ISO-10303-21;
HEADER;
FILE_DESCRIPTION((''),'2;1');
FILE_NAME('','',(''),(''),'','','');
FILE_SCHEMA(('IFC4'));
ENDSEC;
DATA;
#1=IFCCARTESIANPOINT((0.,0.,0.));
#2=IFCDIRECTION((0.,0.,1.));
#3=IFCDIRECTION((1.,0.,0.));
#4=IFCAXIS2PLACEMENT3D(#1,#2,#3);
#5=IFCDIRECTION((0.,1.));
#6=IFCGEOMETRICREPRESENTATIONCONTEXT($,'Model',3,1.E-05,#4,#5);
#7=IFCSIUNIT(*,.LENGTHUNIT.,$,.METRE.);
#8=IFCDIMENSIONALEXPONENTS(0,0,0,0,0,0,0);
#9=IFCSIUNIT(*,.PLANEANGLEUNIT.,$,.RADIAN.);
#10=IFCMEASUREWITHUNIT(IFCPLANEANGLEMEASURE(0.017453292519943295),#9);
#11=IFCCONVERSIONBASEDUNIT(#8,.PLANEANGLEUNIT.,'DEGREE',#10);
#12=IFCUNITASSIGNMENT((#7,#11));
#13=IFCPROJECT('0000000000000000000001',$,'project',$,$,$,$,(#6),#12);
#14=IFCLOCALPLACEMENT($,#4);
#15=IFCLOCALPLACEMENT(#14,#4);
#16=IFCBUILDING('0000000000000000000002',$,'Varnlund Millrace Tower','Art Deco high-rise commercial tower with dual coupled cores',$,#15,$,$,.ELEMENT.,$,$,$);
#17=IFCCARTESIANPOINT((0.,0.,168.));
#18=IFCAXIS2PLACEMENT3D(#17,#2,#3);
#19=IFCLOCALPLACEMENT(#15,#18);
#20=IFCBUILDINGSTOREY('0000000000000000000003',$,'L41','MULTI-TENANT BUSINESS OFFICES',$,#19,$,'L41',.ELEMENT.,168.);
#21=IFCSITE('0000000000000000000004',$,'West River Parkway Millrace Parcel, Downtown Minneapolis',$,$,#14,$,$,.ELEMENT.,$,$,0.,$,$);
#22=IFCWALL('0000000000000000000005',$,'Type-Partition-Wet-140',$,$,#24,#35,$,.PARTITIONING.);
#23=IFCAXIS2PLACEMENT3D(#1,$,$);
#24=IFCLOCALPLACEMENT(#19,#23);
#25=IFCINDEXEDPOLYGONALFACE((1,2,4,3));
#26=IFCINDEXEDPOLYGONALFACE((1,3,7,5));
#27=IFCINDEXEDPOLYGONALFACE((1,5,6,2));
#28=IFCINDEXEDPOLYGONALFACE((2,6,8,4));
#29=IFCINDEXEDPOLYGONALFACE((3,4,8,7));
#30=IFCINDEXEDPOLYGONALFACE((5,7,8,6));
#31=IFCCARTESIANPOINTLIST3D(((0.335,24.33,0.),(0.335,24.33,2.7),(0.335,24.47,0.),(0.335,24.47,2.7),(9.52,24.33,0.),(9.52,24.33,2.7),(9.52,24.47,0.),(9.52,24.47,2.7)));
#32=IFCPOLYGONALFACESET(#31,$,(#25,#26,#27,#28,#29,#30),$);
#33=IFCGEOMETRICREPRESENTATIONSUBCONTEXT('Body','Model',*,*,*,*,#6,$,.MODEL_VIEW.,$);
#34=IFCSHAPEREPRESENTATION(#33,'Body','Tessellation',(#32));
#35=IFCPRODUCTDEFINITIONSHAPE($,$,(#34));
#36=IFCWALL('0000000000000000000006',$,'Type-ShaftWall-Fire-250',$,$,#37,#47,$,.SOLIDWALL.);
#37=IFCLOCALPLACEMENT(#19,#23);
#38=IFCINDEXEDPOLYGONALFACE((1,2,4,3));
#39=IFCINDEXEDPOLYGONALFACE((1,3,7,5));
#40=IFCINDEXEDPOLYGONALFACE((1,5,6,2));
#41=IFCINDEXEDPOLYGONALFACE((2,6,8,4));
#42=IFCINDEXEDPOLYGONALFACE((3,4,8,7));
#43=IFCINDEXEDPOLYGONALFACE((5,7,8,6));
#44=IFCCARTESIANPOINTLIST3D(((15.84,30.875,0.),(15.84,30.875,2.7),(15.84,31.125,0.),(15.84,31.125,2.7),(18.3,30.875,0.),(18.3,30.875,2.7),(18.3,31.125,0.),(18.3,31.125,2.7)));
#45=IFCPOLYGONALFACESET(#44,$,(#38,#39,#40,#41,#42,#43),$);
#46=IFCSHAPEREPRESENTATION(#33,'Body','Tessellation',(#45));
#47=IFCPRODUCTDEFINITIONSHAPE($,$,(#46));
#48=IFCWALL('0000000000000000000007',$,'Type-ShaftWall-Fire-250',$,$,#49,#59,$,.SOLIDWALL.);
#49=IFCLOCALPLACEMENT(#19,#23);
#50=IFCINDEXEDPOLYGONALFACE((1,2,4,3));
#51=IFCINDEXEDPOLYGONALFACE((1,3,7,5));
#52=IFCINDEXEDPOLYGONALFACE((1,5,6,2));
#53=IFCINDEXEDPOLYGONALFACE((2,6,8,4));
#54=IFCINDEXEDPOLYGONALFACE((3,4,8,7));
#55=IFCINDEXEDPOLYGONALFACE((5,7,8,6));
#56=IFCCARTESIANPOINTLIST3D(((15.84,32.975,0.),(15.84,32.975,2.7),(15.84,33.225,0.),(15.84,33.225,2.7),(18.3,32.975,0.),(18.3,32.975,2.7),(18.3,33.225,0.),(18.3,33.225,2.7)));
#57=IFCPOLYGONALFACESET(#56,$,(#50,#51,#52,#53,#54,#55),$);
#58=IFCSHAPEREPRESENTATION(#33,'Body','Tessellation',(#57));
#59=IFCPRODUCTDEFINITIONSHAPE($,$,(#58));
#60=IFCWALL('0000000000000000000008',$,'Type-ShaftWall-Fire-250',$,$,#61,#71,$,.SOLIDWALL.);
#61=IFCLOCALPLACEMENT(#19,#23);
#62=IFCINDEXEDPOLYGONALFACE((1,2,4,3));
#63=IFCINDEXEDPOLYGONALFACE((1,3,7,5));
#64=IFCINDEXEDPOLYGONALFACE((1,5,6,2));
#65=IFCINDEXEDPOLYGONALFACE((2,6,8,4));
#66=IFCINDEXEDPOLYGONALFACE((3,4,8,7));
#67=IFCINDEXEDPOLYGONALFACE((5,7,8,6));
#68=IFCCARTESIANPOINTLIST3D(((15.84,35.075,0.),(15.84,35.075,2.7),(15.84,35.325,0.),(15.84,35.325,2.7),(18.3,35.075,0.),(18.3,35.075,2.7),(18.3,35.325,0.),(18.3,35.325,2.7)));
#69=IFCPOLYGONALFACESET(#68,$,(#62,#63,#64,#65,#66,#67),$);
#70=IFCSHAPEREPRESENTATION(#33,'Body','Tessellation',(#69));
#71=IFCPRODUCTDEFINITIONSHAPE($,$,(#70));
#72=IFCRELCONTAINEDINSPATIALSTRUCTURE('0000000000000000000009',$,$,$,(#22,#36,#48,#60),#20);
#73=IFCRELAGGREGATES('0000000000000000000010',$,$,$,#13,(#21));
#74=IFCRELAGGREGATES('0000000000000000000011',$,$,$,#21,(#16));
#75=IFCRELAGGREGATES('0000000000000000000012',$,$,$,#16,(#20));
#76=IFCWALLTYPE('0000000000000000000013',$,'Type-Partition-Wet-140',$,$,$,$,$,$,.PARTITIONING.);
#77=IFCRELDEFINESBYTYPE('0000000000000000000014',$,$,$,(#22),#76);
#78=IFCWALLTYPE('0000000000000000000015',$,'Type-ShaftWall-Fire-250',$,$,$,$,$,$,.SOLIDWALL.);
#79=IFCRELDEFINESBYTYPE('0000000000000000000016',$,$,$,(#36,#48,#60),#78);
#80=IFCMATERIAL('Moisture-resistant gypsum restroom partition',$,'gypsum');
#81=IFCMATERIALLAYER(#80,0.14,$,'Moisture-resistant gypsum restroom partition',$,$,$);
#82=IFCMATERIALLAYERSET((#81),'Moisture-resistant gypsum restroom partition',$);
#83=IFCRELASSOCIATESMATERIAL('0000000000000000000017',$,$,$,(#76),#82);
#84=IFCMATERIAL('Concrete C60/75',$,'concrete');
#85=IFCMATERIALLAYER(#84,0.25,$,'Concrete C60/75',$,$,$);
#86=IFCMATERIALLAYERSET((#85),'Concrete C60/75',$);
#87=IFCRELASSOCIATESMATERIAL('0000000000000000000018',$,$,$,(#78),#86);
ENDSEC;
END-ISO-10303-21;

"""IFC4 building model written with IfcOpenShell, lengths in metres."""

from ifc_helpers import new_model, entity, si_unit, converted_unit, direction, frame, origin_with_axes, place, context, subcontext, project, spatial, polyline, outline, extrude, material, layer, layer_set, type_object, element, save


model = new_model("IFC4")

# Units and contexts
model_context = context("Model", 3, precision=1e-05, world=origin_with_axes(), true_north=direction((0.0, 1.0)))
body_context = subcontext(model_context, "Body", "Model", "MODEL_VIEW")
ifc_project = project(units=[si_unit("LENGTHUNIT", "METRE"), converted_unit("PLANEANGLEUNIT", "DEGREE", entity("IfcPlaneAngleMeasure", 0.017453292519943295), si_unit("PLANEANGLEUNIT", "RADIAN"), dimensions=[0, 0, 0, 0, 0, 0, 0])], contexts=[model_context])

# Site, building, storey
site_placement = place(None, origin_with_axes())
site = spatial("IfcSite", under=ifc_project, at=site_placement, Name="West River Parkway Millrace Parcel, Downtown Minneapolis", CompositionType="ELEMENT", RefElevation=0.0)
building_placement = place(site_placement, origin_with_axes())
building = spatial("IfcBuilding", under=site, at=building_placement, Name="Varnlund Millrace Tower", Description="Art Deco high-rise commercial tower with dual coupled cores", CompositionType="ELEMENT")
storey_placement = place(building_placement, frame((0.0, 0.0, 168.0), z_axis=(0.0, 0.0, 1.0), x_axis=(1.0, 0.0, 0.0)))
storey = spatial("IfcBuildingStorey", under=building, at=storey_placement, Name="L41", Description="MULTI-TENANT BUSINESS OFFICES", LongName="L41", CompositionType="ELEMENT", Elevation=168.0)

# Walls
ifc_material_1 = material(Name="Moisture-resistant gypsum restroom partition", Category="gypsum")
ifc_layer_1 = layer(ifc_material_1, 0.14, Name="Moisture-resistant gypsum restroom partition")
ifc_layer_set_1 = layer_set([ifc_layer_1], Name="Moisture-resistant gypsum restroom partition")
wall_type_1 = type_object("IfcWallType", Name="Type-Partition-Wet-140", PredefinedType="PARTITIONING", material=ifc_layer_set_1)
wall_1_placement = place(storey_placement, frame((0.335, 24.4, 0.0), z_axis=(0.0, 0.0, 1.0), x_axis=(1.0, 0.0, 0.0)))
element("IfcWall", 1, at=wall_1_placement, inside=storey, type_object=wall_type_1, Name="Type-Partition-Wet-140", PredefinedType="PARTITIONING", context=body_context, shape_type="SweptSolid", body=[
    extrude(outline(polyline([(0.0, -0.07), (9.185, -0.07), (9.185, 0.07), (0.0, 0.07), (0.0, -0.07)])), origin_with_axes(), (0.0, 0.0, 1.0), 2.7),
])
ifc_material_2 = material(Name="Concrete C60/75", Category="concrete")
ifc_layer_2 = layer(ifc_material_2, 0.25, Name="Concrete C60/75")
ifc_layer_set_2 = layer_set([ifc_layer_2], Name="Concrete C60/75")
wall_type_2 = type_object("IfcWallType", Name="Type-ShaftWall-Fire-250", PredefinedType="SOLIDWALL", material=ifc_layer_set_2)
for number, where, z_axis, x_axis, name in (
    (2, (15.84, 31.0, 0.0), (0.0, 0.0, 1.0), (1.0, 0.0, 0.0), "Type-ShaftWall-Fire-250"),
    (3, (15.84, 33.1, 0.0), (0.0, 0.0, 1.0), (1.0, 0.0, 0.0), "Type-ShaftWall-Fire-250"),
    (4, (15.84, 35.2, 0.0), (0.0, 0.0, 1.0), (1.0, 0.0, 0.0), "Type-ShaftWall-Fire-250"),
):
    element("IfcWall", number, at=place(storey_placement, frame(where, z_axis=z_axis, x_axis=x_axis)), inside=storey, type_object=wall_type_2, Name=name, PredefinedType="SOLIDWALL", context=body_context, shape_type="SweptSolid", body=[
        extrude(outline(polyline([(0.0, -0.125), (2.46, -0.125), (2.46, 0.125), (0.0, 0.125), (0.0, -0.125)])), origin_with_axes(), (0.0, 0.0, 1.0), 2.7),
    ])

save(model, "model.ifc")
